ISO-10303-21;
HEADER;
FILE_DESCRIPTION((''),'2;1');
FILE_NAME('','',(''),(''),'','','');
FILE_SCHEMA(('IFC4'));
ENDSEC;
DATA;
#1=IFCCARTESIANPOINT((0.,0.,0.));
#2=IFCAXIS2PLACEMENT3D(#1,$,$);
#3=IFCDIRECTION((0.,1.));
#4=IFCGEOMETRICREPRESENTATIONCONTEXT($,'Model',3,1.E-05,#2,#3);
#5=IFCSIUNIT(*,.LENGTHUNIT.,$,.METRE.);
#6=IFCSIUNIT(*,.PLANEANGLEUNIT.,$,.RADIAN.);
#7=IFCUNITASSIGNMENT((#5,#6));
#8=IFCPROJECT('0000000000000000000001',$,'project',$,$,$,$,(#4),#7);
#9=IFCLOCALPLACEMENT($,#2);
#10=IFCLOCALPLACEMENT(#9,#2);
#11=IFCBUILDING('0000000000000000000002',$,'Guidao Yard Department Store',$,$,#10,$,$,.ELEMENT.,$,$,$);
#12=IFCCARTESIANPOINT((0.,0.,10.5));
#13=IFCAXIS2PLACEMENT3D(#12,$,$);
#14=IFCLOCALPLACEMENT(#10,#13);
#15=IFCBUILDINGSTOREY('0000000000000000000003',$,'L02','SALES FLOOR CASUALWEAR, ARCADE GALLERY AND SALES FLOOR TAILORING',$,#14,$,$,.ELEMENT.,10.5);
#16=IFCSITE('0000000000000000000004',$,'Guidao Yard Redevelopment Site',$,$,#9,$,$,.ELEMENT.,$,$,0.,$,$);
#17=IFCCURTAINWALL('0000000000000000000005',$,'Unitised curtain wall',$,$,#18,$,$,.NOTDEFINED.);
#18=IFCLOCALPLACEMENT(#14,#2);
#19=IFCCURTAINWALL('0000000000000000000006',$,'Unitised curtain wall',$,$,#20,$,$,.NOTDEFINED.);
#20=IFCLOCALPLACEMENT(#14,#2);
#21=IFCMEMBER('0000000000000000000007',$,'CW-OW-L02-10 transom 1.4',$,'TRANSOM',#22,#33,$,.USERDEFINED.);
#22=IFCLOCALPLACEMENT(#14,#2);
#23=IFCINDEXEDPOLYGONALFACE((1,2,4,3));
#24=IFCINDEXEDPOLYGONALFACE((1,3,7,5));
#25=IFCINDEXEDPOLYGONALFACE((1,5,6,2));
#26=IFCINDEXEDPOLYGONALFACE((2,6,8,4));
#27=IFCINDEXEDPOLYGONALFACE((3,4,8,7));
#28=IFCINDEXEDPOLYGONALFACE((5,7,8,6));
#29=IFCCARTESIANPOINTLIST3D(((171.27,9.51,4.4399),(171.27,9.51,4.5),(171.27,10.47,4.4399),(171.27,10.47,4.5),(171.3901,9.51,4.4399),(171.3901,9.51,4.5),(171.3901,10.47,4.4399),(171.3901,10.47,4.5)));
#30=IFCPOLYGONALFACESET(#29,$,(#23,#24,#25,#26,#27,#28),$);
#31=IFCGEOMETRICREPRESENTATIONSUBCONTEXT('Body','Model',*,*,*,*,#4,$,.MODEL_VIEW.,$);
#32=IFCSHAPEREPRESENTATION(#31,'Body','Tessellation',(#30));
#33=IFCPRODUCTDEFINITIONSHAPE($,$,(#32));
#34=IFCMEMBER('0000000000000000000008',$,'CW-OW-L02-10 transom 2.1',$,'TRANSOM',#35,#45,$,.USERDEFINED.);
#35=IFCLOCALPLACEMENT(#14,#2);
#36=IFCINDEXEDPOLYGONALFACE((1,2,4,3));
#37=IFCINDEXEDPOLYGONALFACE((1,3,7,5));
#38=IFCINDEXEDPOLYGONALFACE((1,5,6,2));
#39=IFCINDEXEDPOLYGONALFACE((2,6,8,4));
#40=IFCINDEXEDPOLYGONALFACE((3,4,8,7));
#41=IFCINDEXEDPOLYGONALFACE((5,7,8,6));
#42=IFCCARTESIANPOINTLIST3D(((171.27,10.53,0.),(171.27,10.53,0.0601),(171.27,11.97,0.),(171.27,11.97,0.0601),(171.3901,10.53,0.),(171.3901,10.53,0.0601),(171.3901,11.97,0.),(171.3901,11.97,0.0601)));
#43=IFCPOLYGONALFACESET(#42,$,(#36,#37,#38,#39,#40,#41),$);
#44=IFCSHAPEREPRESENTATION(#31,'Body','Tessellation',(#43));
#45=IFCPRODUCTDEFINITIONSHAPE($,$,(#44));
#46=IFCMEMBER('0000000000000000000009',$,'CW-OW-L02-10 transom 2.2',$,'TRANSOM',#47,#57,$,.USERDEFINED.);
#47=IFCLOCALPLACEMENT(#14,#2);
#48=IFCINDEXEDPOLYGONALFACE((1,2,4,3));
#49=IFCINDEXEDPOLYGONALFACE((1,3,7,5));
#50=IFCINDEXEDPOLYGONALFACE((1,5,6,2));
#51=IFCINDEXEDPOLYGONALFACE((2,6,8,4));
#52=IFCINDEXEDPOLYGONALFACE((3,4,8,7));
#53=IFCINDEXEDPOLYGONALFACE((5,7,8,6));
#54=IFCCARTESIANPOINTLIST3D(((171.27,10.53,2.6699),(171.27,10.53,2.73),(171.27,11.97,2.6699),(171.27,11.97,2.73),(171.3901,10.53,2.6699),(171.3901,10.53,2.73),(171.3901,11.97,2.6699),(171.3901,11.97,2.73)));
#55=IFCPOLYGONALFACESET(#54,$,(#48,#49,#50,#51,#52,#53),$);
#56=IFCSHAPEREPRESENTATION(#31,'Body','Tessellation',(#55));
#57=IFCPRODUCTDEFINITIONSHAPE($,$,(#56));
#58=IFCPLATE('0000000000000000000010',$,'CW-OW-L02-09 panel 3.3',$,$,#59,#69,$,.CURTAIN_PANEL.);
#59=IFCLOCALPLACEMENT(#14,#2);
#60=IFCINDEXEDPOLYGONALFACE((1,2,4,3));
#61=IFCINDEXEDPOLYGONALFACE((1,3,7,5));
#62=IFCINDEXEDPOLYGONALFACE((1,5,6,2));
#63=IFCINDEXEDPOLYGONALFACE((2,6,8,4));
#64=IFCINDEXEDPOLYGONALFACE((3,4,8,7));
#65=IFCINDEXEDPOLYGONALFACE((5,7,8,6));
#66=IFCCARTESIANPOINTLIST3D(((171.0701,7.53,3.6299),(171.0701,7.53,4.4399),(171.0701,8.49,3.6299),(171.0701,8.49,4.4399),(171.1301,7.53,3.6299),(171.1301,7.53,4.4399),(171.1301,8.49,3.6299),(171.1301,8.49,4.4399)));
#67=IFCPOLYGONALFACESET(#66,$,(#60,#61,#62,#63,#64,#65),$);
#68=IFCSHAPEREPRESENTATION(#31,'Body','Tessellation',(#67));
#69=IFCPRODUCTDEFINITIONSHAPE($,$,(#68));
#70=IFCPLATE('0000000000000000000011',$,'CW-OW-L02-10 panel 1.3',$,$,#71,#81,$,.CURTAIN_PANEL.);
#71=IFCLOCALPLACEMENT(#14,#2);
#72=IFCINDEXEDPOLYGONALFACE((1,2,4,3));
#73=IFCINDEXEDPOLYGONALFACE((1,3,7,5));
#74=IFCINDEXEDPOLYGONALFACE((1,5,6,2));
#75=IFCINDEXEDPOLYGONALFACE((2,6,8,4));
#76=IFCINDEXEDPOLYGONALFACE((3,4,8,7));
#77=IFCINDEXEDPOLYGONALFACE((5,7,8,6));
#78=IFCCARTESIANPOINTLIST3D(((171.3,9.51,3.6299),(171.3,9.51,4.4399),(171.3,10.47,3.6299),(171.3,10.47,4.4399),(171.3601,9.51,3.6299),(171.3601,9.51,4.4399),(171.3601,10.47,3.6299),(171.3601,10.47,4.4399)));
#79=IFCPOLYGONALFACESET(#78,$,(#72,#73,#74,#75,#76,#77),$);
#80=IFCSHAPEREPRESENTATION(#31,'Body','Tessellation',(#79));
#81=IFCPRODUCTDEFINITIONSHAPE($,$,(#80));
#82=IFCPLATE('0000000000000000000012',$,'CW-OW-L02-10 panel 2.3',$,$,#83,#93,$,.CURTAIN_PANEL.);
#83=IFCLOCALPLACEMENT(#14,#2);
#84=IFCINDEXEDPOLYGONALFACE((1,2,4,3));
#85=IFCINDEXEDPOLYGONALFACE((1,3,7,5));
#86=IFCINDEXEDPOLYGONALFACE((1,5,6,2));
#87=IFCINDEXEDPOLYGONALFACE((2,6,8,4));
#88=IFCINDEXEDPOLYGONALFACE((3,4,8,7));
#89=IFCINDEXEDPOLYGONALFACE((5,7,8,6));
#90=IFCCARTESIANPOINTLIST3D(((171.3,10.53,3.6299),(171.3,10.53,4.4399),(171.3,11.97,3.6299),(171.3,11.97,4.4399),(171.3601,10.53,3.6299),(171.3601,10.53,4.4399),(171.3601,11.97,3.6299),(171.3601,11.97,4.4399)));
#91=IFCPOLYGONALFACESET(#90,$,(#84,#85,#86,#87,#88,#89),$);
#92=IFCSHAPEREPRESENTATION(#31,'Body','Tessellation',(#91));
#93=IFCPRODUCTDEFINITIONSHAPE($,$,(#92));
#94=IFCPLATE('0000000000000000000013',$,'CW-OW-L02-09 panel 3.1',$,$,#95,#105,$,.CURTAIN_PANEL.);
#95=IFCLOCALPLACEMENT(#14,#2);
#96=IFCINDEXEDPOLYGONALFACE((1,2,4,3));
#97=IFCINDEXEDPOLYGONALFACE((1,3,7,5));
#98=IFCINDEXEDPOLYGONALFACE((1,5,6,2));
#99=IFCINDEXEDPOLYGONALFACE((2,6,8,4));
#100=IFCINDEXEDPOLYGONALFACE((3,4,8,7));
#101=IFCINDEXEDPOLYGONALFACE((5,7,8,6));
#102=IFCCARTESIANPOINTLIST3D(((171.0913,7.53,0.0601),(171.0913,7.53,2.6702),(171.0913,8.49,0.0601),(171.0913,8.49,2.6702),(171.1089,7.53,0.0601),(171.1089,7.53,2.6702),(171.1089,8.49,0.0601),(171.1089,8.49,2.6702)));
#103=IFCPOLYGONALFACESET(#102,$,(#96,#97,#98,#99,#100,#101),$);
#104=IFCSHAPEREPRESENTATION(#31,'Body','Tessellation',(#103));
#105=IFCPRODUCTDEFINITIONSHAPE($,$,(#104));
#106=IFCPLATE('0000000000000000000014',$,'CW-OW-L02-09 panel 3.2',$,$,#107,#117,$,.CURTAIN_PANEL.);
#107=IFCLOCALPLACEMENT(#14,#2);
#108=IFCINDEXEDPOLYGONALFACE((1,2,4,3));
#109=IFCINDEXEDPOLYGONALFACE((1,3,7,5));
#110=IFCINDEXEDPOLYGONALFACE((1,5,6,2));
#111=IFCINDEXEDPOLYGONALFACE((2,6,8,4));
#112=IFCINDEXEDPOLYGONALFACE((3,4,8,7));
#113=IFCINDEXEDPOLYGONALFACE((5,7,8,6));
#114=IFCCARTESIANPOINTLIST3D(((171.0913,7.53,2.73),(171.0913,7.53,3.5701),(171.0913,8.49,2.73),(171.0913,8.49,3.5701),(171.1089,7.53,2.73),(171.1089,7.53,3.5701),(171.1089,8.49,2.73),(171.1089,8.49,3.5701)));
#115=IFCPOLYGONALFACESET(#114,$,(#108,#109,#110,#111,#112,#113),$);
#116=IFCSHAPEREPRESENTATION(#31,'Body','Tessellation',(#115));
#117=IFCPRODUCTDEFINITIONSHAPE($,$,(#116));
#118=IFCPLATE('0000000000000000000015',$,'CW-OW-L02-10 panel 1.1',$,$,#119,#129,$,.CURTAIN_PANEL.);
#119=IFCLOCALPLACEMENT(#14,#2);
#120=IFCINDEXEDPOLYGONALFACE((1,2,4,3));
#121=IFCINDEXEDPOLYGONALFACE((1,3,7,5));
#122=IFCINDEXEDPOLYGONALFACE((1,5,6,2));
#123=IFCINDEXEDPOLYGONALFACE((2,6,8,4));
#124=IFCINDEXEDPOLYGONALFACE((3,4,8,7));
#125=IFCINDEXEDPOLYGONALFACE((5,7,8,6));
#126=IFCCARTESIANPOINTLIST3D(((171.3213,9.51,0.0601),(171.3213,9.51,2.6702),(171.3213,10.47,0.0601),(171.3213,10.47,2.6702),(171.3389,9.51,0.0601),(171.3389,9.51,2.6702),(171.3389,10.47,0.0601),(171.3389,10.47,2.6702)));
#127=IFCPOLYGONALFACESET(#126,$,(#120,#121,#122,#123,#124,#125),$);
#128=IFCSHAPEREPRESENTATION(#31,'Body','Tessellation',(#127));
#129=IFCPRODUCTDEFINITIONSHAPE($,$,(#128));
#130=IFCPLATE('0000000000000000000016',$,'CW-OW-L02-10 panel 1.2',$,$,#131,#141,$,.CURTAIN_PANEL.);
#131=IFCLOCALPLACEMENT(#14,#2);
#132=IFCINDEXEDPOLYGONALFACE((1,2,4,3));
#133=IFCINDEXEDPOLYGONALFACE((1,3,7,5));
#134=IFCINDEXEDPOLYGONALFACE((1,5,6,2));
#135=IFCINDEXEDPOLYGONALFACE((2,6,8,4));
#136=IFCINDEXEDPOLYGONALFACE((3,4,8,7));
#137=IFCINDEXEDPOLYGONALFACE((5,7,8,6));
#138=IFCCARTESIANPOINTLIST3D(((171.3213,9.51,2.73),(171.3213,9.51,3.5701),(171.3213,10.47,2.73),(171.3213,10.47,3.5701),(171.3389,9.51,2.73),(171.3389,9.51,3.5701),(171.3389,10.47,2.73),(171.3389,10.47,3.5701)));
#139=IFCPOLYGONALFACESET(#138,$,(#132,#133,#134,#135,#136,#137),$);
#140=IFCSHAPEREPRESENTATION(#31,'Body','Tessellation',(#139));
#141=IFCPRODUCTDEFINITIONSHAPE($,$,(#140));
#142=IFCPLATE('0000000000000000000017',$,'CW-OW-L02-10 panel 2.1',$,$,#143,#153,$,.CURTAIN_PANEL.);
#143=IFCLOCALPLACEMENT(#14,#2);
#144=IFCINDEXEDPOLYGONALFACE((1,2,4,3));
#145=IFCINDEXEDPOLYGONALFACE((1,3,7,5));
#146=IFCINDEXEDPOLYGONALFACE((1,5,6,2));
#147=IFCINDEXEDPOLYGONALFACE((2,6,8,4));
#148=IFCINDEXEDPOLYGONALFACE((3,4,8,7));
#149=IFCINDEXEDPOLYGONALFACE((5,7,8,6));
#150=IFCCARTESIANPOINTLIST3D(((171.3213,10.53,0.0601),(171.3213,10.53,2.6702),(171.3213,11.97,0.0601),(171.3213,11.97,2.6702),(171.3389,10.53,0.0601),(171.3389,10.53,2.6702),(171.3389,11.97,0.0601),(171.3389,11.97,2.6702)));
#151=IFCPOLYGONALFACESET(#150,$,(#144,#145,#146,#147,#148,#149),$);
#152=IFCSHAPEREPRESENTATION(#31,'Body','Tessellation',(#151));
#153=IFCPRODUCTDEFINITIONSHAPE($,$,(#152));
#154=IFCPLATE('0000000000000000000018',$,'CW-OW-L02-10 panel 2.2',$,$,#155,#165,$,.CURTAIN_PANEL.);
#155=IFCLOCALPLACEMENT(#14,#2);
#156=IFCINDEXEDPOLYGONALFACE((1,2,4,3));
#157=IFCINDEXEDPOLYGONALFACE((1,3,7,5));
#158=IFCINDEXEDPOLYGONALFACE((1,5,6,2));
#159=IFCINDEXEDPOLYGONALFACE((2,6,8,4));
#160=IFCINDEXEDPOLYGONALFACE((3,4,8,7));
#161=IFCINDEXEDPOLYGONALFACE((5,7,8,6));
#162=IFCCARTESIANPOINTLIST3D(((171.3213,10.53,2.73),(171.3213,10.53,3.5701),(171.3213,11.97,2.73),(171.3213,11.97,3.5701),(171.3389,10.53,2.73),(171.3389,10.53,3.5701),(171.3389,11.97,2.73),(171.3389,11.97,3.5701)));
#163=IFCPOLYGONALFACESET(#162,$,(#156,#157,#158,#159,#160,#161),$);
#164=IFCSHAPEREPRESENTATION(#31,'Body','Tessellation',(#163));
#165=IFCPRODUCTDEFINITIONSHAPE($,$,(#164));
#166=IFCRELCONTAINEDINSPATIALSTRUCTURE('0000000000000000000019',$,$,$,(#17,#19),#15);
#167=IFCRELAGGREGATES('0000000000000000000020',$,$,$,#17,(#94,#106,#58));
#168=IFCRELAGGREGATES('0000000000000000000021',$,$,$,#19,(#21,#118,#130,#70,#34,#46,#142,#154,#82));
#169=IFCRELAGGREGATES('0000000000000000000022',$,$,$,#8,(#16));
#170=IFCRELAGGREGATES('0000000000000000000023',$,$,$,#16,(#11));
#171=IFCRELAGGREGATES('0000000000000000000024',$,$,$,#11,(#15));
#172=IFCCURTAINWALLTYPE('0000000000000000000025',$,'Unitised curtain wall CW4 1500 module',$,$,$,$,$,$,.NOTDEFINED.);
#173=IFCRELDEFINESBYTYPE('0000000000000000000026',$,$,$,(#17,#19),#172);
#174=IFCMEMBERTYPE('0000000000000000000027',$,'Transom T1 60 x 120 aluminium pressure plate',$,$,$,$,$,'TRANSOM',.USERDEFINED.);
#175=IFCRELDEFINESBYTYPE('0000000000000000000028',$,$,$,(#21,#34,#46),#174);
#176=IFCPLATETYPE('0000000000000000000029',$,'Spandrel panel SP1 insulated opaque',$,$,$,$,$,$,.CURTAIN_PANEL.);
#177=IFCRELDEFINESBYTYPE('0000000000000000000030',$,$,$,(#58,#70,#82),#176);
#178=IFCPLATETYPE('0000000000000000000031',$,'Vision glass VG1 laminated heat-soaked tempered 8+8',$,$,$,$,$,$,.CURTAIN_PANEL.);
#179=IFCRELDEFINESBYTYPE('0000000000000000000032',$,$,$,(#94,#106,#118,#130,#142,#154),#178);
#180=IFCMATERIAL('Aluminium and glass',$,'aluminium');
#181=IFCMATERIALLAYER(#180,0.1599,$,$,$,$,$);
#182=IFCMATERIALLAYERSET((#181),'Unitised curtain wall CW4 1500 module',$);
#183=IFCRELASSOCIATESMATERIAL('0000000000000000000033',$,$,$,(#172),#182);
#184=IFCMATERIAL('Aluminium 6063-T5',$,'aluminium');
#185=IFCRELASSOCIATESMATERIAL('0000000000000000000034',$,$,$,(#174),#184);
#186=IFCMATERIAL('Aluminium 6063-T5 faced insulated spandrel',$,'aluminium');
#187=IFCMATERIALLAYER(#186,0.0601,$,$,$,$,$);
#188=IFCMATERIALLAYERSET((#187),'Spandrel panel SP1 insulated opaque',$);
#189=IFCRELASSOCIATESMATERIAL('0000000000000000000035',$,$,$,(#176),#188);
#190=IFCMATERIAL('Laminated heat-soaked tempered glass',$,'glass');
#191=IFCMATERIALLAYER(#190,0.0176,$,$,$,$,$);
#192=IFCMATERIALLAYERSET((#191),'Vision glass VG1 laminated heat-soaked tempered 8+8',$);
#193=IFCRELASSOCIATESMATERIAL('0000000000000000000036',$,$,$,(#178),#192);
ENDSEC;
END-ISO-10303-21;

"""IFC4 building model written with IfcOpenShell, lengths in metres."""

from ifc_helpers import new_model, si_unit, direction, frame, origin, origin_2d, place, context, subcontext, project, spatial, rectangle, extrude, material, layer, layer_set, material_profile, profile_set, type_object, element, aggregate, save


model = new_model("IFC4")

# Units and contexts
model_context = context("Model", 3, precision=1e-05, world=origin(), true_north=direction((0.0, 1.0)))
body_context = subcontext(model_context, "Body", "Model", "MODEL_VIEW")
ifc_project = project(units=[si_unit("LENGTHUNIT", "METRE"), si_unit("PLANEANGLEUNIT", "RADIAN")], contexts=[model_context])

# Site, building, storey
site_placement = place(None, origin())
site = spatial("IfcSite", under=ifc_project, at=site_placement, Name="Guidao Yard Redevelopment Site", CompositionType="ELEMENT", RefElevation=0.0)
building_placement = place(site_placement, origin())
building = spatial("IfcBuilding", under=site, at=building_placement, Name="Guidao Yard Department Store", CompositionType="ELEMENT")
storey_placement = place(building_placement, frame((0.0, 0.0, 10.5)))
storey = spatial("IfcBuildingStorey", under=building, at=storey_placement, Name="L02", Description="SALES FLOOR CASUALWEAR, ARCADE GALLERY AND SALES FLOOR TAILORING", CompositionType="ELEMENT", Elevation=10.5)

# Curtain walls
ifc_material_1 = material(Name="Aluminium and glass", Category="aluminium")
ifc_layer_1 = layer(ifc_material_1, 0.1599)
ifc_layer_set_1 = layer_set([ifc_layer_1], Name="Unitised curtain wall CW4 1500 module")
curtain_wall_type = type_object("IfcCurtainWallType", Name="Unitised curtain wall CW4 1500 module", PredefinedType="NOTDEFINED", material=ifc_layer_set_1)
curtain_wall_1_placement = place(storey_placement, origin())
curtain_wall_1 = element("IfcCurtainWall", 1, at=curtain_wall_1_placement, inside=storey, type_object=curtain_wall_type, Name="Unitised curtain wall", PredefinedType="NOTDEFINED")
curtain_wall_2_placement = place(storey_placement, origin())
curtain_wall_2 = element("IfcCurtainWall", 2, at=curtain_wall_2_placement, inside=storey, type_object=curtain_wall_type, Name="Unitised curtain wall", PredefinedType="NOTDEFINED")

# Members
ifc_material_2 = material(Name="Aluminium 6063-T5", Category="aluminium")
ifc_material_profile_1 = material_profile(ifc_material_2, rectangle(XDim=0.1201, YDim=0.0601, at=origin_2d()), Name="Transom T1 60 x 120 aluminium pressure plate")
ifc_profile_set_1 = profile_set([ifc_material_profile_1], Name="Aluminium 6063-T5")
member_type_1 = type_object("IfcMemberType", Name="Transom T1 60 x 120 aluminium pressure plate", ElementType="TRANSOM", PredefinedType="USERDEFINED", material=ifc_profile_set_1)
member_1_placement = place(storey_placement, frame((171.3301, 10.47, 4.47), z_axis=(0.0, -1.0, 0.0), x_axis=(1.0, 0.0, 0.0)))
member_1 = element("IfcMember", 3, at=member_1_placement, type_object=member_type_1, Name="CW-OW-L02-10 transom 1.4", ObjectType="TRANSOM", PredefinedType="USERDEFINED", context=body_context, shape_type="SweptSolid", body=[
    extrude(rectangle(XDim=0.1201, YDim=0.0601, at=origin_2d()), origin(), (0.0, 0.0, 1.0), 0.96),
])
member_2_placement = place(storey_placement, frame((171.3301, 11.97, 0.03), z_axis=(0.0, -1.0, 0.0), x_axis=(1.0, 0.0, 0.0)))
member_2 = element("IfcMember", 4, at=member_2_placement, type_object=member_type_1, Name="CW-OW-L02-10 transom 2.1", ObjectType="TRANSOM", PredefinedType="USERDEFINED", context=body_context, shape_type="SweptSolid", body=[
    extrude(rectangle(XDim=0.1201, YDim=0.0601, at=origin_2d()), origin(), (0.0, 0.0, 1.0), 1.4399),
])
member_3_placement = place(storey_placement, frame((171.3301, 11.97, 2.7), z_axis=(0.0, -1.0, 0.0), x_axis=(1.0, 0.0, 0.0)))
member_3 = element("IfcMember", 5, at=member_3_placement, type_object=member_type_1, Name="CW-OW-L02-10 transom 2.2", ObjectType="TRANSOM", PredefinedType="USERDEFINED", context=body_context, shape_type="SweptSolid", body=[
    extrude(rectangle(XDim=0.1201, YDim=0.0601, at=origin_2d()), origin(), (0.0, 0.0, 1.0), 1.4399),
])

# Plates
ifc_material_3 = material(Name="Aluminium 6063-T5 faced insulated spandrel", Category="aluminium")
ifc_layer_2 = layer(ifc_material_3, 0.0601)
ifc_layer_set_2 = layer_set([ifc_layer_2], Name="Spandrel panel SP1 insulated opaque")
plate_type_1 = type_object("IfcPlateType", Name="Spandrel panel SP1 insulated opaque", PredefinedType="CURTAIN_PANEL", material=ifc_layer_set_2)
plate_1_placement = place(storey_placement, frame((171.1001, 8.01, 3.6299), z_axis=(0.0, 0.0, 1.0), x_axis=(0.0, -1.0, 0.0)))
plate_1 = element("IfcPlate", 6, at=plate_1_placement, type_object=plate_type_1, Name="CW-OW-L02-09 panel 3.3", PredefinedType="CURTAIN_PANEL", context=body_context, shape_type="SweptSolid", body=[
    extrude(rectangle(XDim=0.96, YDim=0.0601, at=origin_2d()), origin(), (0.0, 0.0, 1.0), 0.8101),
])
plate_2_placement = place(storey_placement, frame((171.3301, 9.99, 3.6299), z_axis=(0.0, 0.0, 1.0), x_axis=(0.0, -1.0, 0.0)))
plate_2 = element("IfcPlate", 7, at=plate_2_placement, type_object=plate_type_1, Name="CW-OW-L02-10 panel 1.3", PredefinedType="CURTAIN_PANEL", context=body_context, shape_type="SweptSolid", body=[
    extrude(rectangle(XDim=0.96, YDim=0.0601, at=origin_2d()), origin(), (0.0, 0.0, 1.0), 0.8101),
])
plate_3_placement = place(storey_placement, frame((171.3301, 11.25, 3.6299), z_axis=(0.0, 0.0, 1.0), x_axis=(0.0, -1.0, 0.0)))
plate_3 = element("IfcPlate", 8, at=plate_3_placement, type_object=plate_type_1, Name="CW-OW-L02-10 panel 2.3", PredefinedType="CURTAIN_PANEL", context=body_context, shape_type="SweptSolid", body=[
    extrude(rectangle(XDim=1.4399, YDim=0.0601, at=origin_2d()), origin(), (0.0, 0.0, 1.0), 0.8101),
])
ifc_material_4 = material(Name="Laminated heat-soaked tempered glass", Category="glass")
ifc_layer_3 = layer(ifc_material_4, 0.0176)
ifc_layer_set_3 = layer_set([ifc_layer_3], Name="Vision glass VG1 laminated heat-soaked tempered 8+8")
plate_type_2 = type_object("IfcPlateType", Name="Vision glass VG1 laminated heat-soaked tempered 8+8", PredefinedType="CURTAIN_PANEL", material=ifc_layer_set_3)
plate_4_placement = place(storey_placement, frame((171.1001, 8.01, 0.0601), z_axis=(0.0, 0.0, 1.0), x_axis=(0.0, -1.0, 0.0)))
plate_4 = element("IfcPlate", 9, at=plate_4_placement, type_object=plate_type_2, Name="CW-OW-L02-09 panel 3.1", PredefinedType="CURTAIN_PANEL", context=body_context, shape_type="SweptSolid", body=[
    extrude(rectangle(XDim=0.96, YDim=0.0176, at=origin_2d()), origin(), (0.0, 0.0, 1.0), 2.6101),
])
plate_5_placement = place(storey_placement, frame((171.1001, 8.01, 2.73), z_axis=(0.0, 0.0, 1.0), x_axis=(0.0, -1.0, 0.0)))
plate_5 = element("IfcPlate", 10, at=plate_5_placement, type_object=plate_type_2, Name="CW-OW-L02-09 panel 3.2", PredefinedType="CURTAIN_PANEL", context=body_context, shape_type="SweptSolid", body=[
    extrude(rectangle(XDim=0.96, YDim=0.0176, at=origin_2d()), origin(), (0.0, 0.0, 1.0), 0.8401),
])
aggregate(curtain_wall_1, [plate_4, plate_5, plate_1])
plate_6_placement = place(storey_placement, frame((171.3301, 9.99, 0.0601), z_axis=(0.0, 0.0, 1.0), x_axis=(0.0, -1.0, 0.0)))
plate_6 = element("IfcPlate", 11, at=plate_6_placement, type_object=plate_type_2, Name="CW-OW-L02-10 panel 1.1", PredefinedType="CURTAIN_PANEL", context=body_context, shape_type="SweptSolid", body=[
    extrude(rectangle(XDim=0.96, YDim=0.0176, at=origin_2d()), origin(), (0.0, 0.0, 1.0), 2.6101),
])
plate_7_placement = place(storey_placement, frame((171.3301, 9.99, 2.73), z_axis=(0.0, 0.0, 1.0), x_axis=(0.0, -1.0, 0.0)))
plate_7 = element("IfcPlate", 12, at=plate_7_placement, type_object=plate_type_2, Name="CW-OW-L02-10 panel 1.2", PredefinedType="CURTAIN_PANEL", context=body_context, shape_type="SweptSolid", body=[
    extrude(rectangle(XDim=0.96, YDim=0.0176, at=origin_2d()), origin(), (0.0, 0.0, 1.0), 0.8401),
])
plate_8_placement = place(storey_placement, frame((171.3301, 11.25, 0.0601), z_axis=(0.0, 0.0, 1.0), x_axis=(0.0, -1.0, 0.0)))
plate_8 = element("IfcPlate", 13, at=plate_8_placement, type_object=plate_type_2, Name="CW-OW-L02-10 panel 2.1", PredefinedType="CURTAIN_PANEL", context=body_context, shape_type="SweptSolid", body=[
    extrude(rectangle(XDim=1.4399, YDim=0.0176, at=origin_2d()), origin(), (0.0, 0.0, 1.0), 2.6101),
])
plate_9_placement = place(storey_placement, frame((171.3301, 11.25, 2.73), z_axis=(0.0, 0.0, 1.0), x_axis=(0.0, -1.0, 0.0)))
plate_9 = element("IfcPlate", 14, at=plate_9_placement, type_object=plate_type_2, Name="CW-OW-L02-10 panel 2.2", PredefinedType="CURTAIN_PANEL", context=body_context, shape_type="SweptSolid", body=[
    extrude(rectangle(XDim=1.4399, YDim=0.0176, at=origin_2d()), origin(), (0.0, 0.0, 1.0), 0.8401),
])
aggregate(curtain_wall_2, [member_1, plate_6, plate_7, plate_2, member_2, member_3, plate_8, plate_9, plate_3])

save(model, "model.ifc")
